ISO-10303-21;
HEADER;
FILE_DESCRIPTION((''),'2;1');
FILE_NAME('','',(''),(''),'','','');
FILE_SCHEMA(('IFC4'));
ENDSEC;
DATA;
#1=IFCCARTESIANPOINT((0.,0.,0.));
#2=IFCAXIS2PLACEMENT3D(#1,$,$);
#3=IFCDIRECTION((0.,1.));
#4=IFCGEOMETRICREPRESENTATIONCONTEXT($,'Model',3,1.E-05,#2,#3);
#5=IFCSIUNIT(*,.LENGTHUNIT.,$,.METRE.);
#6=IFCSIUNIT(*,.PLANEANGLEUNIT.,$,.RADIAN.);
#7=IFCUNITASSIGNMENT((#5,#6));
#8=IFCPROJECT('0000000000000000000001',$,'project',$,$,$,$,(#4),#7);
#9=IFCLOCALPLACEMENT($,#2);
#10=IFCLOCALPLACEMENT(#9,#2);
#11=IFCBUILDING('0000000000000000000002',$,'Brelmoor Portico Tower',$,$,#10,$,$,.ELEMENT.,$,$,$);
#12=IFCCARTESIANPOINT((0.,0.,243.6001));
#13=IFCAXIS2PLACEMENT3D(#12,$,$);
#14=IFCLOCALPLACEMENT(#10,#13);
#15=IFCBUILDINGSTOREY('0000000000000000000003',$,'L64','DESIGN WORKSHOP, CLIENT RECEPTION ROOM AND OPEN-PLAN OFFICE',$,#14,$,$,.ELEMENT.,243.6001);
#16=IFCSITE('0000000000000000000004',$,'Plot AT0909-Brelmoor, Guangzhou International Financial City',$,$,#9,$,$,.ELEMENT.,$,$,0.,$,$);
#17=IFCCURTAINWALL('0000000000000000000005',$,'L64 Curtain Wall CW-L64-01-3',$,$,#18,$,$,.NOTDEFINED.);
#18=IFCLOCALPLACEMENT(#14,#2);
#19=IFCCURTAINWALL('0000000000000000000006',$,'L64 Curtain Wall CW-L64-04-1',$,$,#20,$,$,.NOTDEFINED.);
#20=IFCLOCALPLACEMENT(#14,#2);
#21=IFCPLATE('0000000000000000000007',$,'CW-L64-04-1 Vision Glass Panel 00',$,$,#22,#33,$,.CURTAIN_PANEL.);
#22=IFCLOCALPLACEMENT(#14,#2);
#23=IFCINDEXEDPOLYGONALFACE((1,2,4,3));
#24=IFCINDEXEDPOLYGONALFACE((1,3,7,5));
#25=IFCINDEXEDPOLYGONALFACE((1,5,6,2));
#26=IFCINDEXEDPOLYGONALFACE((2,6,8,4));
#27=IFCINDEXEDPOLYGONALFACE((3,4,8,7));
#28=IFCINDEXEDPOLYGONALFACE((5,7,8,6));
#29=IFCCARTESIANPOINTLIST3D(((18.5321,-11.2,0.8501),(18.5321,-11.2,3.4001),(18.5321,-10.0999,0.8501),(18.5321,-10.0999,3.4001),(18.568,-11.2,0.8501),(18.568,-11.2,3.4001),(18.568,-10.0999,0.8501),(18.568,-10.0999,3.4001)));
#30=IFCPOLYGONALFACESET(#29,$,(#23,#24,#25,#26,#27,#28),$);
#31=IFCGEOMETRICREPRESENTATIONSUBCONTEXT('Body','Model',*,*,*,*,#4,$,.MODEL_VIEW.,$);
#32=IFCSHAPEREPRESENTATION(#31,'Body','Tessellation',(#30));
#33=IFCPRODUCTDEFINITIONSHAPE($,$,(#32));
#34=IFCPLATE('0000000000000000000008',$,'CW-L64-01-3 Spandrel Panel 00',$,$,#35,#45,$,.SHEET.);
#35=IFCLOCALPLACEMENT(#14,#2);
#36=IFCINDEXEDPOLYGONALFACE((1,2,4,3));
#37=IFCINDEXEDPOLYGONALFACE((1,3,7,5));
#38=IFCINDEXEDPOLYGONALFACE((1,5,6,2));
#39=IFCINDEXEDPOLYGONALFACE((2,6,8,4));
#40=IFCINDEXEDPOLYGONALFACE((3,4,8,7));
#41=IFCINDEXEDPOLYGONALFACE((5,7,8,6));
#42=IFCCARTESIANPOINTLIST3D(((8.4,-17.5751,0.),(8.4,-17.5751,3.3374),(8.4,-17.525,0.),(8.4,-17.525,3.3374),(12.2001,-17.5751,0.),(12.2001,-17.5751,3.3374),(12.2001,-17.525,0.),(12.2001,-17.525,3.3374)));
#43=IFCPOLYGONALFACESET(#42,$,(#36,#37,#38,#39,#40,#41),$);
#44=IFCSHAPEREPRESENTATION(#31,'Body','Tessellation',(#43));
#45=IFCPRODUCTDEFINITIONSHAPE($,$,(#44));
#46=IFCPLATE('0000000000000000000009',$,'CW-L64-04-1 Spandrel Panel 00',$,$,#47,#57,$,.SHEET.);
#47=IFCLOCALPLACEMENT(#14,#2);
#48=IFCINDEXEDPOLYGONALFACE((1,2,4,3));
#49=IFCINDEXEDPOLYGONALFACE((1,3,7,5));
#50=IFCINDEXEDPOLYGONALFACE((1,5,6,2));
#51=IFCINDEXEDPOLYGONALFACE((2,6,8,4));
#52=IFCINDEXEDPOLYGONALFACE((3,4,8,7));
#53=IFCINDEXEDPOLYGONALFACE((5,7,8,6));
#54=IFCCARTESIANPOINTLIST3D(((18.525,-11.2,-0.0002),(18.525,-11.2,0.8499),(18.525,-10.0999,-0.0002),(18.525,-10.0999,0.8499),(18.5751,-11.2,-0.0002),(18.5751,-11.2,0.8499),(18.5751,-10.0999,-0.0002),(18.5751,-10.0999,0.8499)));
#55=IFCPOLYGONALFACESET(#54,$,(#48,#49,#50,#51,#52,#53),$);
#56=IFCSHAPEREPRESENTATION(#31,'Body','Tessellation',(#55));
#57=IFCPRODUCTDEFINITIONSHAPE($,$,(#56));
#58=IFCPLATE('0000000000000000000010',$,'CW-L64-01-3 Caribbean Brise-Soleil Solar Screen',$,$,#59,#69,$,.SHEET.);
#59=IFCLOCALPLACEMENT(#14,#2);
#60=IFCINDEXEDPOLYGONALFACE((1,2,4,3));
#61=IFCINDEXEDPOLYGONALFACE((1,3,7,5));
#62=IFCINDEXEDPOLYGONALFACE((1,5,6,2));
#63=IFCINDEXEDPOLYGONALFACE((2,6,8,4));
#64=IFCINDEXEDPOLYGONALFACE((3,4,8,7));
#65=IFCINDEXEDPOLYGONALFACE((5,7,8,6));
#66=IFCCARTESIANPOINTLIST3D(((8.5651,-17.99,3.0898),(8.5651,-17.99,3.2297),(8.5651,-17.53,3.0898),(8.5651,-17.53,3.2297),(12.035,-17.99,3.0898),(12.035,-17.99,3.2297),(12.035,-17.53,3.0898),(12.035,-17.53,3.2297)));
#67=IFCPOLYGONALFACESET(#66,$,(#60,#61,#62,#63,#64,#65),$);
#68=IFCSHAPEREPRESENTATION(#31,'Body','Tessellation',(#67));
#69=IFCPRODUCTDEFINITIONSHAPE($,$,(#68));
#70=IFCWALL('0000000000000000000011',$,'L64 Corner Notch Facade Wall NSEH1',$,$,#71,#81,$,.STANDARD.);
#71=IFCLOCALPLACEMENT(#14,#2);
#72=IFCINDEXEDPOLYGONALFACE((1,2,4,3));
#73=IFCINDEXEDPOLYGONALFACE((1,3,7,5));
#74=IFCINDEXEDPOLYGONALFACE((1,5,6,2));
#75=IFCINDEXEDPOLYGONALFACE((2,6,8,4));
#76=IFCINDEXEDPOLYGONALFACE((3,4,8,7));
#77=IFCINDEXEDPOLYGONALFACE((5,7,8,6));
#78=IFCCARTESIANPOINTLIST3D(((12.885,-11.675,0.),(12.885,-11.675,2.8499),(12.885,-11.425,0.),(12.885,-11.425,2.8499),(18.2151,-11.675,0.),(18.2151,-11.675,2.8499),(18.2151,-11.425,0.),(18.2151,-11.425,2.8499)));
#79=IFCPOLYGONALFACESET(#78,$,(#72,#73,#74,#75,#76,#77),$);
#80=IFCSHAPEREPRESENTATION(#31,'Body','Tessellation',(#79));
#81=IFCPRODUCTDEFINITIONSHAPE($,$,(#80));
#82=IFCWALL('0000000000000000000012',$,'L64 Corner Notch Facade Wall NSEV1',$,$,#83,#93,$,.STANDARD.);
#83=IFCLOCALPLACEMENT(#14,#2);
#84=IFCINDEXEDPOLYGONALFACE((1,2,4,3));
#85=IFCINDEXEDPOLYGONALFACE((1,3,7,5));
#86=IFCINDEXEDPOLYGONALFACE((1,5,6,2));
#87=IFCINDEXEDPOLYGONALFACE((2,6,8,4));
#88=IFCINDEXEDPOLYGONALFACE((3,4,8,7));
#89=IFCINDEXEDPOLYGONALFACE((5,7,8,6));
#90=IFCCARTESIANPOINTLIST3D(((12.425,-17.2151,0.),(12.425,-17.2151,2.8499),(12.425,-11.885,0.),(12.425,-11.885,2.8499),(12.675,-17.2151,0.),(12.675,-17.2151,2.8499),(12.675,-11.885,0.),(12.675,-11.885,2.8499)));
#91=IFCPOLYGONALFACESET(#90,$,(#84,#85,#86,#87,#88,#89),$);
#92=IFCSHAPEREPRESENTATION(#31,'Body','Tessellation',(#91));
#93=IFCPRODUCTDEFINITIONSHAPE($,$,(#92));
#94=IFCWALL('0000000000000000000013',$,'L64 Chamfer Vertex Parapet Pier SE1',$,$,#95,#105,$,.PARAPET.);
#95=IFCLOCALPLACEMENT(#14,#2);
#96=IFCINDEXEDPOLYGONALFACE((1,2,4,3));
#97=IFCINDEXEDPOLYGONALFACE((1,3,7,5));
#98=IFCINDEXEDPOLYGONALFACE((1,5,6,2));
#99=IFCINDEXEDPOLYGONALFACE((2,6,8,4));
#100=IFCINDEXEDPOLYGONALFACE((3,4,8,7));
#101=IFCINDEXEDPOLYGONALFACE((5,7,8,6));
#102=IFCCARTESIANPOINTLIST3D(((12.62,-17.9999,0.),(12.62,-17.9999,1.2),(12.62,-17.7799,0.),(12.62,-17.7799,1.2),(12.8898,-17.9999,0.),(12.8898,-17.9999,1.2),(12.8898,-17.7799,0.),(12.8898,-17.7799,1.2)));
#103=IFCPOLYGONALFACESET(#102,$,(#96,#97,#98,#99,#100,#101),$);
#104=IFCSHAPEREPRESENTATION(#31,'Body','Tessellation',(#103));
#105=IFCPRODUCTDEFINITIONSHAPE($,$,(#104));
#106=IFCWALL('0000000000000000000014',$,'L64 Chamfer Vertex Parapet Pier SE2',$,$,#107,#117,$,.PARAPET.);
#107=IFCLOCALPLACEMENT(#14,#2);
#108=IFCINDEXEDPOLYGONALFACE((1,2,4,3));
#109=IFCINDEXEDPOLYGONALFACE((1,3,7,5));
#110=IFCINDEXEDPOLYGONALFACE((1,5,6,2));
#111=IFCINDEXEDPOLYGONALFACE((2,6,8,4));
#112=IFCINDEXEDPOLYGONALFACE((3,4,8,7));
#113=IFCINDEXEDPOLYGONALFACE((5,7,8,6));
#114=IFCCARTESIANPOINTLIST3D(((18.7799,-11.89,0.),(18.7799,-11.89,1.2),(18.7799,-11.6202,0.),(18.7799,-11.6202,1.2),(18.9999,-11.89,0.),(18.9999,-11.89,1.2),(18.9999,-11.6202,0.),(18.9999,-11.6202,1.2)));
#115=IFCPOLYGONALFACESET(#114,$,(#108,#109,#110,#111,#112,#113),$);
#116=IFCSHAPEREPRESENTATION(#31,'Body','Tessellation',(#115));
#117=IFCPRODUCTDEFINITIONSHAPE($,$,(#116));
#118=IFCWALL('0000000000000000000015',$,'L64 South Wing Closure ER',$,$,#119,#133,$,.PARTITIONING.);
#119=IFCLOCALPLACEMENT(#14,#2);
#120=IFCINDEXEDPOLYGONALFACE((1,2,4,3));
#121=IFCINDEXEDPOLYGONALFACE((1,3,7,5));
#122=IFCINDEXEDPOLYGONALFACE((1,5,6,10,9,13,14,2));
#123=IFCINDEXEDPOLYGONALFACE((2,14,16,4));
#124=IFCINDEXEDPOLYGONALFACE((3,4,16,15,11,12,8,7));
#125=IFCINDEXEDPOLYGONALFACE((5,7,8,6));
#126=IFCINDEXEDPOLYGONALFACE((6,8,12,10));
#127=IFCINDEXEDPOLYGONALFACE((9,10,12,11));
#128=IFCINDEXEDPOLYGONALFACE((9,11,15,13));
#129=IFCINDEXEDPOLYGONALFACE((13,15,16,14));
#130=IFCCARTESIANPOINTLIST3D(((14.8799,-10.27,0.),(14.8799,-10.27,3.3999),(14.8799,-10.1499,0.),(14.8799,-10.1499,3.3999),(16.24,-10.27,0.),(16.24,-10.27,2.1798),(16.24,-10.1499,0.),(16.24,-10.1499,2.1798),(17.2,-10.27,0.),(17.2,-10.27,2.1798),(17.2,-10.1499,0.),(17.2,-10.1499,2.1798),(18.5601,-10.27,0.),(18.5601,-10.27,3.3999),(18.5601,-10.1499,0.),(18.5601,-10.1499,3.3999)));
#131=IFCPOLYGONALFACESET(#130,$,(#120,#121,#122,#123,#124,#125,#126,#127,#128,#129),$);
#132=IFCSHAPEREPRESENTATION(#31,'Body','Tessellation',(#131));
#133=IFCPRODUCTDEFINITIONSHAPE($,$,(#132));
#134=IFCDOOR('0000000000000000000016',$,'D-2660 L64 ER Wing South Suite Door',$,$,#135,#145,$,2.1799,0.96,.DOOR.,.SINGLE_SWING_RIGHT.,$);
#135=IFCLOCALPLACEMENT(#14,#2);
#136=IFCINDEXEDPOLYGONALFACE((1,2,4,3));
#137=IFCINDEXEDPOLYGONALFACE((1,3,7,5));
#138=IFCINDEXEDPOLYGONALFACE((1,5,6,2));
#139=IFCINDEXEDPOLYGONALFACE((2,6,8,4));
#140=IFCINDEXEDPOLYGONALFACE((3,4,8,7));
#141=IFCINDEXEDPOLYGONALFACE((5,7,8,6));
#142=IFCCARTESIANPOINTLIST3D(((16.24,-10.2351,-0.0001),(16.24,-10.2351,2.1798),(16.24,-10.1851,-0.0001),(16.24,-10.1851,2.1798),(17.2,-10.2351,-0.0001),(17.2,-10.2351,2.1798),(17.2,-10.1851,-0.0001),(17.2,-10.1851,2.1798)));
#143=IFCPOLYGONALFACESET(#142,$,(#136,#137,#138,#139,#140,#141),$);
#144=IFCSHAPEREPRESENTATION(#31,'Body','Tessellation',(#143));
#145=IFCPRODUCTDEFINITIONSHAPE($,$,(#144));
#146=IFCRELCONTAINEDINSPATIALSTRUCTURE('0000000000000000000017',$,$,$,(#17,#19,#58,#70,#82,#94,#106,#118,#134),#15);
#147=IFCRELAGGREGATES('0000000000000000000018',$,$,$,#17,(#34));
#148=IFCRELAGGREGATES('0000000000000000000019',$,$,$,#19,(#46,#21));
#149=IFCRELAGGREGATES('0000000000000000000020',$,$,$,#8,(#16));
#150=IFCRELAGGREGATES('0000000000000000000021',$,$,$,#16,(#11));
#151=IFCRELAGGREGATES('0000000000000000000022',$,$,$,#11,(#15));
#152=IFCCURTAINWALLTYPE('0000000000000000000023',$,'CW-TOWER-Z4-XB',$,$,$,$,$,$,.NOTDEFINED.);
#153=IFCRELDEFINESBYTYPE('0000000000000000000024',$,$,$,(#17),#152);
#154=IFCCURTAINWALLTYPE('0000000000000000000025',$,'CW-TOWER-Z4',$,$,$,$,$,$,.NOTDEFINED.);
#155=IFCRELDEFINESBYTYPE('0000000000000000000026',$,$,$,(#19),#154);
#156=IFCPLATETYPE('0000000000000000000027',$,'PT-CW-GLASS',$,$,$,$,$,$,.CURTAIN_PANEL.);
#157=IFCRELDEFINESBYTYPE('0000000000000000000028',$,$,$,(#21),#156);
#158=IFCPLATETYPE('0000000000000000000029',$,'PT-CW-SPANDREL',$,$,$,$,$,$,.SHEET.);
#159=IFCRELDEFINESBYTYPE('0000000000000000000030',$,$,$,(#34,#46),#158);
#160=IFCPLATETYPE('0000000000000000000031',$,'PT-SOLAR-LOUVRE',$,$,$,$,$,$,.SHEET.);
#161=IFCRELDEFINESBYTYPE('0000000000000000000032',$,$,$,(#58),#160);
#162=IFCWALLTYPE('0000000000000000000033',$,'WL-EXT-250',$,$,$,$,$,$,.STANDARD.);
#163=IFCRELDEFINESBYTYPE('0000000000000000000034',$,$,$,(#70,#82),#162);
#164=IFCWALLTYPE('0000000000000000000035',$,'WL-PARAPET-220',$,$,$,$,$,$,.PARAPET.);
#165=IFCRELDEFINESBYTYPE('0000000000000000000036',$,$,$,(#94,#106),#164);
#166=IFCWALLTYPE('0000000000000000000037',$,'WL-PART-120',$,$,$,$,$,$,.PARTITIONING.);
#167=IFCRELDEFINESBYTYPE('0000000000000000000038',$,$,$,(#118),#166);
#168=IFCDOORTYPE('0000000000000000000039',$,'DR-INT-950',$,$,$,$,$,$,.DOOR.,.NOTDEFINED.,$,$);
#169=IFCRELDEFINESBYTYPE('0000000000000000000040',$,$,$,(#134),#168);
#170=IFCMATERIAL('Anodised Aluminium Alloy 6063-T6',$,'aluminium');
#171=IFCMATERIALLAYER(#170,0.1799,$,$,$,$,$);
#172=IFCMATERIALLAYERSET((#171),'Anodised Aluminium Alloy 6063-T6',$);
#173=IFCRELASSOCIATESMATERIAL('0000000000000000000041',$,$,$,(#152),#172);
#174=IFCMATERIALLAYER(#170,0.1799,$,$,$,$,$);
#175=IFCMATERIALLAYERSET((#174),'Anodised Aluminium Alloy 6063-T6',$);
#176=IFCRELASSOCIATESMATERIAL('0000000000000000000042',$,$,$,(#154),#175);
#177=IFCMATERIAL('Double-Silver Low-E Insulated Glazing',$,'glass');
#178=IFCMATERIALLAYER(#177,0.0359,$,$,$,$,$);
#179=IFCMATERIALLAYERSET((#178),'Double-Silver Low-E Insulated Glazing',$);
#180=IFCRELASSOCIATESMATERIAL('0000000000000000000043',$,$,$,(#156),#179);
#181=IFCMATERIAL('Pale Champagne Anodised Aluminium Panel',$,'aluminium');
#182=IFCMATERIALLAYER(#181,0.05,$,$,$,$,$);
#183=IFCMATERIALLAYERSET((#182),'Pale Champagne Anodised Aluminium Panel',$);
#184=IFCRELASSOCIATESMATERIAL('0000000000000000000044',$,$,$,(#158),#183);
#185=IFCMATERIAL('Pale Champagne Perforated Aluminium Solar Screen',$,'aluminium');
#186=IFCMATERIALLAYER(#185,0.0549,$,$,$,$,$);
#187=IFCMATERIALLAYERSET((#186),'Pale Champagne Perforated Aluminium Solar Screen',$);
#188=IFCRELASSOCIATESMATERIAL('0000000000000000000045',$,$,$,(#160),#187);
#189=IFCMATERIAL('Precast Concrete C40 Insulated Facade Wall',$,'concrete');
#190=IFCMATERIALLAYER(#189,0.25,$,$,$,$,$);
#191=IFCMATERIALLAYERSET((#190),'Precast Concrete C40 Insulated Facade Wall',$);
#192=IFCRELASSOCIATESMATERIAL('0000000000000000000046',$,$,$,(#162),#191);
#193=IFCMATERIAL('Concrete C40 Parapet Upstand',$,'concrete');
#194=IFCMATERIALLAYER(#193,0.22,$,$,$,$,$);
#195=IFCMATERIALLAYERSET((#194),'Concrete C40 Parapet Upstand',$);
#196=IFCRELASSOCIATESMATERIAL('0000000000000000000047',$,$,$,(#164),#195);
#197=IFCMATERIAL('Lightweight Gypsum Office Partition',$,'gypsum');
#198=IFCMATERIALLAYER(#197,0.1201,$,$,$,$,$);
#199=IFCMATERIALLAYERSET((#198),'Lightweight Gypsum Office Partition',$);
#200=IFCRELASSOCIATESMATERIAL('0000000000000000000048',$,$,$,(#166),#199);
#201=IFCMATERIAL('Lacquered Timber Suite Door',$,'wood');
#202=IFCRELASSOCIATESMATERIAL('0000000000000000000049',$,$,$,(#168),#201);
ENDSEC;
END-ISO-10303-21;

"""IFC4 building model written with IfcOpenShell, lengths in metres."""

from ifc_helpers import new_model, si_unit, direction, frame, frame_2d, origin, origin_2d, place, context, subcontext, project, spatial, rectangle, extrude, material, layer, layer_set, type_object, element, fill, aggregate, save


model = new_model("IFC4")

# Units and contexts
model_context = context("Model", 3, precision=1e-05, world=origin(), true_north=direction((0.0, 1.0)))
body_context = subcontext(model_context, "Body", "Model", "MODEL_VIEW")
ifc_project = project(units=[si_unit("LENGTHUNIT", "METRE"), si_unit("PLANEANGLEUNIT", "RADIAN")], contexts=[model_context])

# Site, building, storey
site_placement = place(None, origin())
site = spatial("IfcSite", under=ifc_project, at=site_placement, Name="Plot AT0909-Brelmoor, Guangzhou International Financial City", CompositionType="ELEMENT", RefElevation=0.0)
building_placement = place(site_placement, origin())
building = spatial("IfcBuilding", under=site, at=building_placement, Name="Brelmoor Portico Tower", CompositionType="ELEMENT")
storey_placement = place(building_placement, frame((0.0, 0.0, 243.6001)))
storey = spatial("IfcBuildingStorey", under=building, at=storey_placement, Name="L64", Description="DESIGN WORKSHOP, CLIENT RECEPTION ROOM AND OPEN-PLAN OFFICE", CompositionType="ELEMENT", Elevation=243.6001)

# Curtain wall
ifc_material_1 = material(Name="Anodised Aluminium Alloy 6063-T6", Category="aluminium")
ifc_layer_1 = layer(ifc_material_1, 0.1799)
ifc_layer_set_1 = layer_set([ifc_layer_1], Name="Anodised Aluminium Alloy 6063-T6")
curtain_wall_type_1 = type_object("IfcCurtainWallType", Name="CW-TOWER-Z4-XB", PredefinedType="NOTDEFINED", material=ifc_layer_set_1)
curtain_wall_1_placement = place(storey_placement, origin())
curtain_wall_1 = element("IfcCurtainWall", 1, at=curtain_wall_1_placement, inside=storey, type_object=curtain_wall_type_1, Name="L64 Curtain Wall CW-L64-01-3", PredefinedType="NOTDEFINED")

# Curtain wall, plate
ifc_layer_2 = layer(ifc_material_1, 0.1799)
ifc_layer_set_2 = layer_set([ifc_layer_2], Name="Anodised Aluminium Alloy 6063-T6")
curtain_wall_type_2 = type_object("IfcCurtainWallType", Name="CW-TOWER-Z4", PredefinedType="NOTDEFINED", material=ifc_layer_set_2)
curtain_wall_2_placement = place(storey_placement, origin())
curtain_wall_2 = element("IfcCurtainWall", 2, at=curtain_wall_2_placement, inside=storey, type_object=curtain_wall_type_2, Name="L64 Curtain Wall CW-L64-04-1", PredefinedType="NOTDEFINED")
ifc_material_2 = material(Name="Double-Silver Low-E Insulated Glazing", Category="glass")
ifc_layer_3 = layer(ifc_material_2, 0.0359)
ifc_layer_set_3 = layer_set([ifc_layer_3], Name="Double-Silver Low-E Insulated Glazing")
plate_type_1 = type_object("IfcPlateType", Name="PT-CW-GLASS", PredefinedType="CURTAIN_PANEL", material=ifc_layer_set_3)
plate_1_placement = place(storey_placement, frame((18.55, -10.6499, 0.8501), z_axis=(0.0, 0.0, 1.0), x_axis=(0.0, 1.0, 0.0)))
plate_1 = element("IfcPlate", 3, at=plate_1_placement, type_object=plate_type_1, Name="CW-L64-04-1 Vision Glass Panel 00", PredefinedType="CURTAIN_PANEL", context=body_context, shape_type="SweptSolid", body=[
    extrude(rectangle(XDim=1.1001, YDim=0.0359, at=origin_2d()), origin(), (0.0, 0.0, 1.0), 2.55),
])

# Plates
ifc_material_3 = material(Name="Pale Champagne Anodised Aluminium Panel", Category="aluminium")
ifc_layer_4 = layer(ifc_material_3, 0.05)
ifc_layer_set_4 = layer_set([ifc_layer_4], Name="Pale Champagne Anodised Aluminium Panel")
plate_type_2 = type_object("IfcPlateType", Name="PT-CW-SPANDREL", PredefinedType="SHEET", material=ifc_layer_set_4)
plate_2_placement = place(storey_placement, frame((10.3, -17.55, 0.0), z_axis=(0.0, 0.0, 1.0), x_axis=(1.0, 0.0, 0.0)))
plate_2 = element("IfcPlate", 4, at=plate_2_placement, type_object=plate_type_2, Name="CW-L64-01-3 Spandrel Panel 00", PredefinedType="SHEET", context=body_context, shape_type="SweptSolid", body=[
    extrude(rectangle(XDim=3.8, YDim=0.05, at=origin_2d()), origin(), (0.0, 0.0, 1.0), 3.3374),
])
aggregate(curtain_wall_1, [plate_2])
plate_3_placement = place(storey_placement, frame((18.55, -10.6499, -0.0002), z_axis=(0.0, 0.0, 1.0), x_axis=(0.0, 1.0, 0.0)))
plate_3 = element("IfcPlate", 5, at=plate_3_placement, type_object=plate_type_2, Name="CW-L64-04-1 Spandrel Panel 00", PredefinedType="SHEET", context=body_context, shape_type="SweptSolid", body=[
    extrude(rectangle(XDim=1.1001, YDim=0.05, at=origin_2d()), origin(), (0.0, 0.0, 1.0), 0.8501),
])
aggregate(curtain_wall_2, [plate_3, plate_1])
ifc_material_4 = material(Name="Pale Champagne Perforated Aluminium Solar Screen", Category="aluminium")
ifc_layer_5 = layer(ifc_material_4, 0.0549)
ifc_layer_set_5 = layer_set([ifc_layer_5], Name="Pale Champagne Perforated Aluminium Solar Screen")
plate_type_3 = type_object("IfcPlateType", Name="PT-SOLAR-LOUVRE", PredefinedType="SHEET", material=ifc_layer_set_5)
plate_4_placement = place(storey_placement, frame((10.3, -17.76, 3.0898), z_axis=(0.0, 0.0, 1.0), x_axis=(1.0, 0.0, 0.0)))
element("IfcPlate", 6, at=plate_4_placement, inside=storey, type_object=plate_type_3, Name="CW-L64-01-3 Caribbean Brise-Soleil Solar Screen", PredefinedType="SHEET", context=body_context, shape_type="SweptSolid", body=[
    extrude(rectangle(XDim=3.47, YDim=0.46, at=origin_2d()), origin(), (0.0, 0.0, 1.0), 0.1399),
])

# Walls
ifc_material_5 = material(Name="Precast Concrete C40 Insulated Facade Wall", Category="concrete")
ifc_layer_6 = layer(ifc_material_5, 0.25)
ifc_layer_set_6 = layer_set([ifc_layer_6], Name="Precast Concrete C40 Insulated Facade Wall")
wall_type_1 = type_object("IfcWallType", Name="WL-EXT-250", PredefinedType="STANDARD", material=ifc_layer_set_6)
for number, where, z_axis, x_axis, name in (
    (7, (12.885, -11.55, 0.0), (0.0, 0.0, 1.0), (1.0, 0.0, 0.0), "L64 Corner Notch Facade Wall NSEH1"),
    (8, (12.55, -17.2151, 0.0), (0.0, 0.0, 1.0), (0.0, 1.0, 0.0), "L64 Corner Notch Facade Wall NSEV1"),
):
    element("IfcWall", number, at=place(storey_placement, frame(where, z_axis=z_axis, x_axis=x_axis)), inside=storey, type_object=wall_type_1, Name=name, PredefinedType="STANDARD", context=body_context, shape_type="SweptSolid", body=[
        extrude(rectangle(XDim=5.3301, YDim=0.25, at=frame_2d((2.665, 0.0))), origin(), (0.0, 0.0, 1.0), 2.8499),
    ])
ifc_material_6 = material(Name="Concrete C40 Parapet Upstand", Category="concrete")
ifc_layer_7 = layer(ifc_material_6, 0.22)
ifc_layer_set_7 = layer_set([ifc_layer_7], Name="Concrete C40 Parapet Upstand")
wall_type_2 = type_object("IfcWallType", Name="WL-PARAPET-220", PredefinedType="PARAPET", material=ifc_layer_set_7)
for number, where, z_axis, x_axis, name in (
    (9, (12.6201, -17.8899, 0.0), (0.0, 0.0, 1.0), (1.0, 0.0, 0.0), "L64 Chamfer Vertex Parapet Pier SE1"),
    (10, (18.8899, -11.8899, 0.0), (0.0, 0.0, 1.0), (0.0, 1.0, 0.0), "L64 Chamfer Vertex Parapet Pier SE2"),
):
    element("IfcWall", number, at=place(storey_placement, frame(where, z_axis=z_axis, x_axis=x_axis)), inside=storey, type_object=wall_type_2, Name=name, PredefinedType="PARAPET", context=body_context, shape_type="SweptSolid", body=[
        extrude(rectangle(XDim=0.2698, YDim=0.22, at=frame_2d((0.1348, 0.0))), origin(), (0.0, 0.0, 1.0), 1.2),
    ])

# Wall, opening, door
ifc_material_7 = material(Name="Lightweight Gypsum Office Partition", Category="gypsum")
ifc_layer_8 = layer(ifc_material_7, 0.1201)
ifc_layer_set_8 = layer_set([ifc_layer_8], Name="Lightweight Gypsum Office Partition")
wall_type_3 = type_object("IfcWallType", Name="WL-PART-120", PredefinedType="PARTITIONING", material=ifc_layer_set_8)
wall_placement = place(storey_placement, frame((14.8799, -10.21, 0.0), z_axis=(0.0, 0.0, 1.0), x_axis=(1.0, 0.0, 0.0)))
wall = element("IfcWall", 11, at=wall_placement, inside=storey, type_object=wall_type_3, Name="L64 South Wing Closure ER", PredefinedType="PARTITIONING", context=body_context, shape_type="SweptSolid", body=[
    extrude(rectangle(XDim=3.6802, YDim=0.1201, at=frame_2d((1.8401, 0.0))), origin(), (0.0, 0.0, 1.0), 3.3999),
])
opening_placement = place(wall_placement, frame((1.3601, 0.0, 0.0)))
opening = element("IfcOpeningElement", 12, at=opening_placement, cuts=wall, PredefinedType="OPENING", context=body_context, shape_type="SweptSolid", body=[
    extrude(rectangle(XDim=0.96, YDim=2.1799, at=frame_2d((0.48, 1.0898))), frame((0.0, 0.0701, 0.0), z_axis=(0.0, -1.0, 0.0), x_axis=(1.0, 0.0, 0.0)), (0.0, 0.0, 1.0), 0.1401),
])
ifc_material_8 = material(Name="Lacquered Timber Suite Door", Category="wood")
door_type = type_object("IfcDoorType", Name="DR-INT-950", OperationType="NOTDEFINED", PredefinedType="DOOR", material=ifc_material_8)
door_placement = place(opening_placement, origin())
door = element("IfcDoor", 13, at=door_placement, inside=storey, type_object=door_type, Name="D-2660 L64 ER Wing South Suite Door", OperationType="SINGLE_SWING_RIGHT", OverallHeight=2.1799, OverallWidth=0.96, PredefinedType="DOOR", context=body_context, shape_type="SweptSolid", body=[
    extrude(rectangle(XDim=0.96, YDim=2.1799, at=frame_2d((0.48, 1.0898))), frame((0.0, 0.0249, 0.0), z_axis=(0.0, -1.0, 0.0), x_axis=(1.0, 0.0, 0.0)), (0.0, 0.0, 1.0), 0.05),
])
fill(opening, door)

save(model, "model.ifc")
